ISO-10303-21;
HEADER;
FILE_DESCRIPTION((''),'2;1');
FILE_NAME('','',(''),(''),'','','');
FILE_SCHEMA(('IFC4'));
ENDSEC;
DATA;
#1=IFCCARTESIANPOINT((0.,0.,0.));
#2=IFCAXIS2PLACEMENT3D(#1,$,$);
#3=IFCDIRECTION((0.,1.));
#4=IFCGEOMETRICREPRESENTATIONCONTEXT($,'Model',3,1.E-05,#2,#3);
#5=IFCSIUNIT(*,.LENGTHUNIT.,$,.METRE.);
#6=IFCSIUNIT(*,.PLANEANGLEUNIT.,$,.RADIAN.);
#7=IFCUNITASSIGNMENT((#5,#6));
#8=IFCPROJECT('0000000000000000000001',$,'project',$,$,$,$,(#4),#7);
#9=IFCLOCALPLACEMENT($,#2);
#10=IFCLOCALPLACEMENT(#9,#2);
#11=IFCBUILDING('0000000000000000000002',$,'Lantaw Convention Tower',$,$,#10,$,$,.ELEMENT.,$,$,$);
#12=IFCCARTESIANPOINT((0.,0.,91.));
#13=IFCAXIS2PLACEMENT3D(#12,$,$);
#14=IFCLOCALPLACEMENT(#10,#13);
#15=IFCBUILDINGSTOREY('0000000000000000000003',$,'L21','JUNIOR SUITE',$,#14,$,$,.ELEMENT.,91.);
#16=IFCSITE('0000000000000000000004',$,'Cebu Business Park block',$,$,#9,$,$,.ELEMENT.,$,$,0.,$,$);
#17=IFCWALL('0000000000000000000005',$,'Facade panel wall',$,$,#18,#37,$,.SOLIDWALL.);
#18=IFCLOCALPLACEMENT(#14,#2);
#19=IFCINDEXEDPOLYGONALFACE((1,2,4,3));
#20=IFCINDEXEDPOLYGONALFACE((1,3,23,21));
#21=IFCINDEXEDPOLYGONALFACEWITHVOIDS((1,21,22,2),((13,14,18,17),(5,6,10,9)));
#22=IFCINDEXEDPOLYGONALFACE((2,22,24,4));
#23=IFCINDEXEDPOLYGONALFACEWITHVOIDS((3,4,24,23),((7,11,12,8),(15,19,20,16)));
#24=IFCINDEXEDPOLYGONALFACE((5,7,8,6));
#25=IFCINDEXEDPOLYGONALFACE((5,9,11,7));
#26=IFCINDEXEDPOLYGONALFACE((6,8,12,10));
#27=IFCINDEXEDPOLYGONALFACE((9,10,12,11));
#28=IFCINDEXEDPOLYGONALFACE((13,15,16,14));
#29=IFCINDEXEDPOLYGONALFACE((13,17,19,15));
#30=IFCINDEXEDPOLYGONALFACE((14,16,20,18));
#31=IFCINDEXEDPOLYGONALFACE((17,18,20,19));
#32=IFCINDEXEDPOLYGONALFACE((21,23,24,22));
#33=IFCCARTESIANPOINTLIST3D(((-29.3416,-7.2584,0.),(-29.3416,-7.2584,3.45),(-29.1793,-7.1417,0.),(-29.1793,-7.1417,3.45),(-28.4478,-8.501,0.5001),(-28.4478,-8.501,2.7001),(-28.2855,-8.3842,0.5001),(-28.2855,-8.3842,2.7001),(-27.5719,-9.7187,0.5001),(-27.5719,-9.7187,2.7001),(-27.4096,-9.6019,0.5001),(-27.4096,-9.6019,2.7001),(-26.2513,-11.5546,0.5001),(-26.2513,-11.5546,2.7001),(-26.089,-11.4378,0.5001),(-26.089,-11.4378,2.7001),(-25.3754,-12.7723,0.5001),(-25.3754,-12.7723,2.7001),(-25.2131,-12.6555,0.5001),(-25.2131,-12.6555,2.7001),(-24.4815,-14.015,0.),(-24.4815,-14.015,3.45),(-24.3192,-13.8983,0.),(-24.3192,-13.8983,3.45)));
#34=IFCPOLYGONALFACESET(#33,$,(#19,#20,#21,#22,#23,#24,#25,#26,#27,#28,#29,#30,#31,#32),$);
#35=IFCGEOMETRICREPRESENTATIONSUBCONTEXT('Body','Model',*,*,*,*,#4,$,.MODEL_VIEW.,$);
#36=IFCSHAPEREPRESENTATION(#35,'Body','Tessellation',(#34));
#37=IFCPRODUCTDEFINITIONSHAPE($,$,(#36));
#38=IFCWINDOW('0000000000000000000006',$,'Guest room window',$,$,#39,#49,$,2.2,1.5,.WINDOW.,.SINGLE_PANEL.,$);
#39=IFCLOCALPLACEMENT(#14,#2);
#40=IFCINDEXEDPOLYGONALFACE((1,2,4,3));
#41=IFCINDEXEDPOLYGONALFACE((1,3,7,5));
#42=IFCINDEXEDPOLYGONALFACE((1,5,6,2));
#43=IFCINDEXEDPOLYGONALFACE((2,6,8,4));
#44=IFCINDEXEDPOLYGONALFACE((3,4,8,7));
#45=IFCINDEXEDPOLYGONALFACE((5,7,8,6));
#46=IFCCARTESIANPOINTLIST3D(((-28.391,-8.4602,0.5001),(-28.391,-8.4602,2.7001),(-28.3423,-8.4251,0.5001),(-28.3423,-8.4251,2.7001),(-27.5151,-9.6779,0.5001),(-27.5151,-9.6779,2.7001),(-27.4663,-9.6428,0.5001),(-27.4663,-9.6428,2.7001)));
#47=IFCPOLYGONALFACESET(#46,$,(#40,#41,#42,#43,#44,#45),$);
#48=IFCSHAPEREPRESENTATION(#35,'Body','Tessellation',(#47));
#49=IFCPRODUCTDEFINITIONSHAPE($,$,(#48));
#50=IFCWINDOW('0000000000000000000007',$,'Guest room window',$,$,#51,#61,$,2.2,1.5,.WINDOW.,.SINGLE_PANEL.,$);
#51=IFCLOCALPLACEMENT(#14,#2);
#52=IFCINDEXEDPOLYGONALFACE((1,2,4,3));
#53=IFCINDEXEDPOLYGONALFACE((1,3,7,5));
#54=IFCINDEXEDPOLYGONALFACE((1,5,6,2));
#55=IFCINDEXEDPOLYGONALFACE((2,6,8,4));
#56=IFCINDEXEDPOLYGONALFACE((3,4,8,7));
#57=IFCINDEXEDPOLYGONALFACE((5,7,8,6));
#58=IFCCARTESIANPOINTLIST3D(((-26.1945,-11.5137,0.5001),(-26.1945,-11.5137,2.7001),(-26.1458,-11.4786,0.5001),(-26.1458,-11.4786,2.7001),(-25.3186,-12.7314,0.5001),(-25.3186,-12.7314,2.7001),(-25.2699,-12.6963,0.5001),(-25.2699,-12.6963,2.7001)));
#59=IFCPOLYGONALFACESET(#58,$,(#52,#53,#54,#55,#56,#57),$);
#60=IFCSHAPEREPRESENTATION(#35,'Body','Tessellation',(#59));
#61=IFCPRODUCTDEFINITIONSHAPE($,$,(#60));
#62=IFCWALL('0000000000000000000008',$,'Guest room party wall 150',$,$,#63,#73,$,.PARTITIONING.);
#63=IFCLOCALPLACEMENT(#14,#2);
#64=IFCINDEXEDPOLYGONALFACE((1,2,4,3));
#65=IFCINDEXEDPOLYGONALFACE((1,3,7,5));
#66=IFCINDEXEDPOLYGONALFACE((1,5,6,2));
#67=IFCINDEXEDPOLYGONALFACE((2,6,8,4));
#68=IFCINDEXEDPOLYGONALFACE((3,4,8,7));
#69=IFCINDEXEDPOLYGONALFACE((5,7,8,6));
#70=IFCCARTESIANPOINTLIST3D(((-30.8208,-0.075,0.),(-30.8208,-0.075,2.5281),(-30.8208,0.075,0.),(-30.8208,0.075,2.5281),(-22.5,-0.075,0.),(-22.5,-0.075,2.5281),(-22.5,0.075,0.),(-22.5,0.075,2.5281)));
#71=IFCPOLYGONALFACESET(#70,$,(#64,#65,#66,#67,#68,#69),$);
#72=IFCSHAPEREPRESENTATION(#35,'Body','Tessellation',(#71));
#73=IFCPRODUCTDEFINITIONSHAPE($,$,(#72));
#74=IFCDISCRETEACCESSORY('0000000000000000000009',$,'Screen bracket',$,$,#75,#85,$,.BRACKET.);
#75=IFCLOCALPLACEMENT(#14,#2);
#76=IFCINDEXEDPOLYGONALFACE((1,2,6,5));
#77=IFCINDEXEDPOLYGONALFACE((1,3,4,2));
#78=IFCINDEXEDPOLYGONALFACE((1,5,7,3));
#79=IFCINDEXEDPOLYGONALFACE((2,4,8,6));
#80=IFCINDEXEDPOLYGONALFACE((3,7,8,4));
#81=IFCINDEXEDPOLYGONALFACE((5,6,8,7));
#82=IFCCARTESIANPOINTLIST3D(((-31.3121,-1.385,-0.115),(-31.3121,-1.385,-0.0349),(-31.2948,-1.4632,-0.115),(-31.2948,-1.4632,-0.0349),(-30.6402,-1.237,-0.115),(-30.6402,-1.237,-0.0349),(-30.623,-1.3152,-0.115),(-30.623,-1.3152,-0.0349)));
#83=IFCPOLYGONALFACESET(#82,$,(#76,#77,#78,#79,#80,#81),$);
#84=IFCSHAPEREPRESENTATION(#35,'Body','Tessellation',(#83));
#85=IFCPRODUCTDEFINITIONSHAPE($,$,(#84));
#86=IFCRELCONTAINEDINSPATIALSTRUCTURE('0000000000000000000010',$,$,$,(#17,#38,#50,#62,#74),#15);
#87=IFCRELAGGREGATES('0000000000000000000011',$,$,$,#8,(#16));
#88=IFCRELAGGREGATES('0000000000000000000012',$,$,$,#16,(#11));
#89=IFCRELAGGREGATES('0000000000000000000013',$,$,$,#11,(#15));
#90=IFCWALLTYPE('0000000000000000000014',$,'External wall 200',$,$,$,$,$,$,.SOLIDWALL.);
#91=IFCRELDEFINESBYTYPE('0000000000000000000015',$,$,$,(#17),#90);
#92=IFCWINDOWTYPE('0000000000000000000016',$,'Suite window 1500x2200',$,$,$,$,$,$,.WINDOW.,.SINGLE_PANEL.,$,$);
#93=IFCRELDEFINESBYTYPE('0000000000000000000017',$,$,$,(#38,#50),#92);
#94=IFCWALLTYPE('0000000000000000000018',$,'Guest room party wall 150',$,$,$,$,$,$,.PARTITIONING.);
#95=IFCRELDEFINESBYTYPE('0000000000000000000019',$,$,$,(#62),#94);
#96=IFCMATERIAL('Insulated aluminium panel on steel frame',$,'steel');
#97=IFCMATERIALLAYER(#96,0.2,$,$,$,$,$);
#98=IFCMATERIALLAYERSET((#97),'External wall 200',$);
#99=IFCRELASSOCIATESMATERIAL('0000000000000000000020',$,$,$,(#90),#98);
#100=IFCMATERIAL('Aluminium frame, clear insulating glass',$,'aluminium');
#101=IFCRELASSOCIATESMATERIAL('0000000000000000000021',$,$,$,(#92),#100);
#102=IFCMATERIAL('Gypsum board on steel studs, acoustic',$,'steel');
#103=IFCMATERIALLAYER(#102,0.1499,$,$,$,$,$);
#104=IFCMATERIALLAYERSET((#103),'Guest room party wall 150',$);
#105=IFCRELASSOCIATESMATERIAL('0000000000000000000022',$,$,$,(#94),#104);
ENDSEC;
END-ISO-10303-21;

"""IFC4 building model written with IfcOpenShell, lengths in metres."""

from ifc_helpers import new_model, si_unit, direction, frame, frame_2d, origin, origin_2d, place, context, subcontext, project, spatial, rectangle, extrude, material, layer, layer_set, type_object, element, fill, save


model = new_model("IFC4")

# Units and contexts
model_context = context("Model", 3, precision=1e-05, world=origin(), true_north=direction((0.0, 1.0)))
body_context = subcontext(model_context, "Body", "Model", "MODEL_VIEW")
ifc_project = project(units=[si_unit("LENGTHUNIT", "METRE"), si_unit("PLANEANGLEUNIT", "RADIAN")], contexts=[model_context])

# Site, building, storey
site_placement = place(None, origin())
site = spatial("IfcSite", under=ifc_project, at=site_placement, Name="Cebu Business Park block", CompositionType="ELEMENT", RefElevation=0.0)
building_placement = place(site_placement, origin())
building = spatial("IfcBuilding", under=site, at=building_placement, Name="Lantaw Convention Tower", CompositionType="ELEMENT")
storey_placement = place(building_placement, frame((0.0, 0.0, 91.0)))
storey = spatial("IfcBuildingStorey", under=building, at=storey_placement, Name="L21", Description="JUNIOR SUITE", CompositionType="ELEMENT", Elevation=91.0)

# Wall, openings, windows
ifc_material_1 = material(Name="Insulated aluminium panel on steel frame", Category="steel")
ifc_layer_1 = layer(ifc_material_1, 0.2)
ifc_layer_set_1 = layer_set([ifc_layer_1], Name="External wall 200")
wall_type_1 = type_object("IfcWallType", Name="External wall 200", PredefinedType="SOLIDWALL", material=ifc_layer_set_1)
wall_1_placement = place(storey_placement, frame((-29.2605, -7.2, 0.0), z_axis=(0.0, 0.0, 1.0), x_axis=(0.583938, -0.811799, 0.0)))
wall_1 = element("IfcWall", 1, at=wall_1_placement, inside=storey, type_object=wall_type_1, Name="Facade panel wall", PredefinedType="SOLIDWALL", context=body_context, shape_type="SweptSolid", body=[
    extrude(rectangle(XDim=8.323, YDim=0.2, at=frame_2d((4.1616, 0.0))), origin(), (0.0, 0.0, 1.0), 3.45),
])
opening_1_placement = place(wall_1_placement, frame((1.5308, 0.0, 0.5)))
opening_1 = element("IfcOpeningElement", 2, at=opening_1_placement, cuts=wall_1, PredefinedType="OPENING", context=body_context, shape_type="SweptSolid", body=[
    extrude(rectangle(XDim=1.5, YDim=2.2, at=frame_2d((0.75, 1.1001))), frame((0.0, 0.1099, 0.0), z_axis=(0.0, -1.0, 0.0), x_axis=(1.0, 0.0, 0.0)), (0.0, 0.0, 1.0), 0.22),
])
opening_2_placement = place(wall_1_placement, frame((5.2922, 0.0, 0.5)))
opening_2 = element("IfcOpeningElement", 3, at=opening_2_placement, cuts=wall_1, PredefinedType="OPENING", context=body_context, shape_type="SweptSolid", body=[
    extrude(rectangle(XDim=1.5, YDim=2.2, at=frame_2d((0.75, 1.1001))), frame((0.0, 0.1099, 0.0), z_axis=(0.0, -1.0, 0.0), x_axis=(1.0, 0.0, 0.0)), (0.0, 0.0, 1.0), 0.22),
])
ifc_material_2 = material(Name="Aluminium frame, clear insulating glass", Category="aluminium")
window_type = type_object("IfcWindowType", Name="Suite window 1500x2200", PartitioningType="SINGLE_PANEL", PredefinedType="WINDOW", material=ifc_material_2)
window_1_placement = place(opening_1_placement, origin())
window_1 = element("IfcWindow", 4, at=window_1_placement, inside=storey, type_object=window_type, Name="Guest room window", OverallHeight=2.2, OverallWidth=1.5, PartitioningType="SINGLE_PANEL", PredefinedType="WINDOW", context=body_context, shape_type="SweptSolid", body=[
    extrude(rectangle(XDim=1.5, YDim=2.2, at=frame_2d((0.75, 1.1001))), frame((0.0, 0.03, 0.0), z_axis=(0.0, -1.0, 0.0), x_axis=(1.0, 0.0, 0.0)), (0.0, 0.0, 1.0), 0.0601),
])
fill(opening_1, window_1)
window_2_placement = place(opening_2_placement, origin())
window_2 = element("IfcWindow", 5, at=window_2_placement, inside=storey, type_object=window_type, Name="Guest room window", OverallHeight=2.2, OverallWidth=1.5, PartitioningType="SINGLE_PANEL", PredefinedType="WINDOW", context=body_context, shape_type="SweptSolid", body=[
    extrude(rectangle(XDim=1.5, YDim=2.2, at=frame_2d((0.75, 1.1001))), frame((0.0, 0.03, 0.0), z_axis=(0.0, -1.0, 0.0), x_axis=(1.0, 0.0, 0.0)), (0.0, 0.0, 1.0), 0.0601),
])
fill(opening_2, window_2)

# Wall
ifc_material_3 = material(Name="Gypsum board on steel studs, acoustic", Category="steel")
ifc_layer_2 = layer(ifc_material_3, 0.1499)
ifc_layer_set_2 = layer_set([ifc_layer_2], Name="Guest room party wall 150")
wall_type_2 = type_object("IfcWallType", Name="Guest room party wall 150", PredefinedType="PARTITIONING", material=ifc_layer_set_2)
wall_2_placement = place(storey_placement, frame((-30.8208, 0.0, 0.0), z_axis=(0.0, 0.0, 1.0), x_axis=(1.0, 0.0, 0.0)))
element("IfcWall", 6, at=wall_2_placement, inside=storey, type_object=wall_type_2, Name="Guest room party wall 150", PredefinedType="PARTITIONING", context=body_context, shape_type="SweptSolid", body=[
    extrude(rectangle(XDim=8.3208, YDim=0.1499, at=frame_2d((4.1604, 0.0))), origin(), (0.0, 0.0, 1.0), 2.5281),
])

# Discrete accessory
discrete_accessory_placement = place(storey_placement, frame((-30.9675, -1.3501, -0.115), z_axis=(0.0, 0.0, 1.0), x_axis=(0.215246, -0.97656, 0.0)))
element("IfcDiscreteAccessory", 7, at=discrete_accessory_placement, inside=storey, Name="Screen bracket", PredefinedType="BRACKET", context=body_context, shape_type="SweptSolid", body=[
    extrude(rectangle(XDim=0.0801, YDim=0.688, at=origin_2d()), origin(), (0.0, 0.0, 1.0), 0.0801),
])

save(model, "model.ifc")
